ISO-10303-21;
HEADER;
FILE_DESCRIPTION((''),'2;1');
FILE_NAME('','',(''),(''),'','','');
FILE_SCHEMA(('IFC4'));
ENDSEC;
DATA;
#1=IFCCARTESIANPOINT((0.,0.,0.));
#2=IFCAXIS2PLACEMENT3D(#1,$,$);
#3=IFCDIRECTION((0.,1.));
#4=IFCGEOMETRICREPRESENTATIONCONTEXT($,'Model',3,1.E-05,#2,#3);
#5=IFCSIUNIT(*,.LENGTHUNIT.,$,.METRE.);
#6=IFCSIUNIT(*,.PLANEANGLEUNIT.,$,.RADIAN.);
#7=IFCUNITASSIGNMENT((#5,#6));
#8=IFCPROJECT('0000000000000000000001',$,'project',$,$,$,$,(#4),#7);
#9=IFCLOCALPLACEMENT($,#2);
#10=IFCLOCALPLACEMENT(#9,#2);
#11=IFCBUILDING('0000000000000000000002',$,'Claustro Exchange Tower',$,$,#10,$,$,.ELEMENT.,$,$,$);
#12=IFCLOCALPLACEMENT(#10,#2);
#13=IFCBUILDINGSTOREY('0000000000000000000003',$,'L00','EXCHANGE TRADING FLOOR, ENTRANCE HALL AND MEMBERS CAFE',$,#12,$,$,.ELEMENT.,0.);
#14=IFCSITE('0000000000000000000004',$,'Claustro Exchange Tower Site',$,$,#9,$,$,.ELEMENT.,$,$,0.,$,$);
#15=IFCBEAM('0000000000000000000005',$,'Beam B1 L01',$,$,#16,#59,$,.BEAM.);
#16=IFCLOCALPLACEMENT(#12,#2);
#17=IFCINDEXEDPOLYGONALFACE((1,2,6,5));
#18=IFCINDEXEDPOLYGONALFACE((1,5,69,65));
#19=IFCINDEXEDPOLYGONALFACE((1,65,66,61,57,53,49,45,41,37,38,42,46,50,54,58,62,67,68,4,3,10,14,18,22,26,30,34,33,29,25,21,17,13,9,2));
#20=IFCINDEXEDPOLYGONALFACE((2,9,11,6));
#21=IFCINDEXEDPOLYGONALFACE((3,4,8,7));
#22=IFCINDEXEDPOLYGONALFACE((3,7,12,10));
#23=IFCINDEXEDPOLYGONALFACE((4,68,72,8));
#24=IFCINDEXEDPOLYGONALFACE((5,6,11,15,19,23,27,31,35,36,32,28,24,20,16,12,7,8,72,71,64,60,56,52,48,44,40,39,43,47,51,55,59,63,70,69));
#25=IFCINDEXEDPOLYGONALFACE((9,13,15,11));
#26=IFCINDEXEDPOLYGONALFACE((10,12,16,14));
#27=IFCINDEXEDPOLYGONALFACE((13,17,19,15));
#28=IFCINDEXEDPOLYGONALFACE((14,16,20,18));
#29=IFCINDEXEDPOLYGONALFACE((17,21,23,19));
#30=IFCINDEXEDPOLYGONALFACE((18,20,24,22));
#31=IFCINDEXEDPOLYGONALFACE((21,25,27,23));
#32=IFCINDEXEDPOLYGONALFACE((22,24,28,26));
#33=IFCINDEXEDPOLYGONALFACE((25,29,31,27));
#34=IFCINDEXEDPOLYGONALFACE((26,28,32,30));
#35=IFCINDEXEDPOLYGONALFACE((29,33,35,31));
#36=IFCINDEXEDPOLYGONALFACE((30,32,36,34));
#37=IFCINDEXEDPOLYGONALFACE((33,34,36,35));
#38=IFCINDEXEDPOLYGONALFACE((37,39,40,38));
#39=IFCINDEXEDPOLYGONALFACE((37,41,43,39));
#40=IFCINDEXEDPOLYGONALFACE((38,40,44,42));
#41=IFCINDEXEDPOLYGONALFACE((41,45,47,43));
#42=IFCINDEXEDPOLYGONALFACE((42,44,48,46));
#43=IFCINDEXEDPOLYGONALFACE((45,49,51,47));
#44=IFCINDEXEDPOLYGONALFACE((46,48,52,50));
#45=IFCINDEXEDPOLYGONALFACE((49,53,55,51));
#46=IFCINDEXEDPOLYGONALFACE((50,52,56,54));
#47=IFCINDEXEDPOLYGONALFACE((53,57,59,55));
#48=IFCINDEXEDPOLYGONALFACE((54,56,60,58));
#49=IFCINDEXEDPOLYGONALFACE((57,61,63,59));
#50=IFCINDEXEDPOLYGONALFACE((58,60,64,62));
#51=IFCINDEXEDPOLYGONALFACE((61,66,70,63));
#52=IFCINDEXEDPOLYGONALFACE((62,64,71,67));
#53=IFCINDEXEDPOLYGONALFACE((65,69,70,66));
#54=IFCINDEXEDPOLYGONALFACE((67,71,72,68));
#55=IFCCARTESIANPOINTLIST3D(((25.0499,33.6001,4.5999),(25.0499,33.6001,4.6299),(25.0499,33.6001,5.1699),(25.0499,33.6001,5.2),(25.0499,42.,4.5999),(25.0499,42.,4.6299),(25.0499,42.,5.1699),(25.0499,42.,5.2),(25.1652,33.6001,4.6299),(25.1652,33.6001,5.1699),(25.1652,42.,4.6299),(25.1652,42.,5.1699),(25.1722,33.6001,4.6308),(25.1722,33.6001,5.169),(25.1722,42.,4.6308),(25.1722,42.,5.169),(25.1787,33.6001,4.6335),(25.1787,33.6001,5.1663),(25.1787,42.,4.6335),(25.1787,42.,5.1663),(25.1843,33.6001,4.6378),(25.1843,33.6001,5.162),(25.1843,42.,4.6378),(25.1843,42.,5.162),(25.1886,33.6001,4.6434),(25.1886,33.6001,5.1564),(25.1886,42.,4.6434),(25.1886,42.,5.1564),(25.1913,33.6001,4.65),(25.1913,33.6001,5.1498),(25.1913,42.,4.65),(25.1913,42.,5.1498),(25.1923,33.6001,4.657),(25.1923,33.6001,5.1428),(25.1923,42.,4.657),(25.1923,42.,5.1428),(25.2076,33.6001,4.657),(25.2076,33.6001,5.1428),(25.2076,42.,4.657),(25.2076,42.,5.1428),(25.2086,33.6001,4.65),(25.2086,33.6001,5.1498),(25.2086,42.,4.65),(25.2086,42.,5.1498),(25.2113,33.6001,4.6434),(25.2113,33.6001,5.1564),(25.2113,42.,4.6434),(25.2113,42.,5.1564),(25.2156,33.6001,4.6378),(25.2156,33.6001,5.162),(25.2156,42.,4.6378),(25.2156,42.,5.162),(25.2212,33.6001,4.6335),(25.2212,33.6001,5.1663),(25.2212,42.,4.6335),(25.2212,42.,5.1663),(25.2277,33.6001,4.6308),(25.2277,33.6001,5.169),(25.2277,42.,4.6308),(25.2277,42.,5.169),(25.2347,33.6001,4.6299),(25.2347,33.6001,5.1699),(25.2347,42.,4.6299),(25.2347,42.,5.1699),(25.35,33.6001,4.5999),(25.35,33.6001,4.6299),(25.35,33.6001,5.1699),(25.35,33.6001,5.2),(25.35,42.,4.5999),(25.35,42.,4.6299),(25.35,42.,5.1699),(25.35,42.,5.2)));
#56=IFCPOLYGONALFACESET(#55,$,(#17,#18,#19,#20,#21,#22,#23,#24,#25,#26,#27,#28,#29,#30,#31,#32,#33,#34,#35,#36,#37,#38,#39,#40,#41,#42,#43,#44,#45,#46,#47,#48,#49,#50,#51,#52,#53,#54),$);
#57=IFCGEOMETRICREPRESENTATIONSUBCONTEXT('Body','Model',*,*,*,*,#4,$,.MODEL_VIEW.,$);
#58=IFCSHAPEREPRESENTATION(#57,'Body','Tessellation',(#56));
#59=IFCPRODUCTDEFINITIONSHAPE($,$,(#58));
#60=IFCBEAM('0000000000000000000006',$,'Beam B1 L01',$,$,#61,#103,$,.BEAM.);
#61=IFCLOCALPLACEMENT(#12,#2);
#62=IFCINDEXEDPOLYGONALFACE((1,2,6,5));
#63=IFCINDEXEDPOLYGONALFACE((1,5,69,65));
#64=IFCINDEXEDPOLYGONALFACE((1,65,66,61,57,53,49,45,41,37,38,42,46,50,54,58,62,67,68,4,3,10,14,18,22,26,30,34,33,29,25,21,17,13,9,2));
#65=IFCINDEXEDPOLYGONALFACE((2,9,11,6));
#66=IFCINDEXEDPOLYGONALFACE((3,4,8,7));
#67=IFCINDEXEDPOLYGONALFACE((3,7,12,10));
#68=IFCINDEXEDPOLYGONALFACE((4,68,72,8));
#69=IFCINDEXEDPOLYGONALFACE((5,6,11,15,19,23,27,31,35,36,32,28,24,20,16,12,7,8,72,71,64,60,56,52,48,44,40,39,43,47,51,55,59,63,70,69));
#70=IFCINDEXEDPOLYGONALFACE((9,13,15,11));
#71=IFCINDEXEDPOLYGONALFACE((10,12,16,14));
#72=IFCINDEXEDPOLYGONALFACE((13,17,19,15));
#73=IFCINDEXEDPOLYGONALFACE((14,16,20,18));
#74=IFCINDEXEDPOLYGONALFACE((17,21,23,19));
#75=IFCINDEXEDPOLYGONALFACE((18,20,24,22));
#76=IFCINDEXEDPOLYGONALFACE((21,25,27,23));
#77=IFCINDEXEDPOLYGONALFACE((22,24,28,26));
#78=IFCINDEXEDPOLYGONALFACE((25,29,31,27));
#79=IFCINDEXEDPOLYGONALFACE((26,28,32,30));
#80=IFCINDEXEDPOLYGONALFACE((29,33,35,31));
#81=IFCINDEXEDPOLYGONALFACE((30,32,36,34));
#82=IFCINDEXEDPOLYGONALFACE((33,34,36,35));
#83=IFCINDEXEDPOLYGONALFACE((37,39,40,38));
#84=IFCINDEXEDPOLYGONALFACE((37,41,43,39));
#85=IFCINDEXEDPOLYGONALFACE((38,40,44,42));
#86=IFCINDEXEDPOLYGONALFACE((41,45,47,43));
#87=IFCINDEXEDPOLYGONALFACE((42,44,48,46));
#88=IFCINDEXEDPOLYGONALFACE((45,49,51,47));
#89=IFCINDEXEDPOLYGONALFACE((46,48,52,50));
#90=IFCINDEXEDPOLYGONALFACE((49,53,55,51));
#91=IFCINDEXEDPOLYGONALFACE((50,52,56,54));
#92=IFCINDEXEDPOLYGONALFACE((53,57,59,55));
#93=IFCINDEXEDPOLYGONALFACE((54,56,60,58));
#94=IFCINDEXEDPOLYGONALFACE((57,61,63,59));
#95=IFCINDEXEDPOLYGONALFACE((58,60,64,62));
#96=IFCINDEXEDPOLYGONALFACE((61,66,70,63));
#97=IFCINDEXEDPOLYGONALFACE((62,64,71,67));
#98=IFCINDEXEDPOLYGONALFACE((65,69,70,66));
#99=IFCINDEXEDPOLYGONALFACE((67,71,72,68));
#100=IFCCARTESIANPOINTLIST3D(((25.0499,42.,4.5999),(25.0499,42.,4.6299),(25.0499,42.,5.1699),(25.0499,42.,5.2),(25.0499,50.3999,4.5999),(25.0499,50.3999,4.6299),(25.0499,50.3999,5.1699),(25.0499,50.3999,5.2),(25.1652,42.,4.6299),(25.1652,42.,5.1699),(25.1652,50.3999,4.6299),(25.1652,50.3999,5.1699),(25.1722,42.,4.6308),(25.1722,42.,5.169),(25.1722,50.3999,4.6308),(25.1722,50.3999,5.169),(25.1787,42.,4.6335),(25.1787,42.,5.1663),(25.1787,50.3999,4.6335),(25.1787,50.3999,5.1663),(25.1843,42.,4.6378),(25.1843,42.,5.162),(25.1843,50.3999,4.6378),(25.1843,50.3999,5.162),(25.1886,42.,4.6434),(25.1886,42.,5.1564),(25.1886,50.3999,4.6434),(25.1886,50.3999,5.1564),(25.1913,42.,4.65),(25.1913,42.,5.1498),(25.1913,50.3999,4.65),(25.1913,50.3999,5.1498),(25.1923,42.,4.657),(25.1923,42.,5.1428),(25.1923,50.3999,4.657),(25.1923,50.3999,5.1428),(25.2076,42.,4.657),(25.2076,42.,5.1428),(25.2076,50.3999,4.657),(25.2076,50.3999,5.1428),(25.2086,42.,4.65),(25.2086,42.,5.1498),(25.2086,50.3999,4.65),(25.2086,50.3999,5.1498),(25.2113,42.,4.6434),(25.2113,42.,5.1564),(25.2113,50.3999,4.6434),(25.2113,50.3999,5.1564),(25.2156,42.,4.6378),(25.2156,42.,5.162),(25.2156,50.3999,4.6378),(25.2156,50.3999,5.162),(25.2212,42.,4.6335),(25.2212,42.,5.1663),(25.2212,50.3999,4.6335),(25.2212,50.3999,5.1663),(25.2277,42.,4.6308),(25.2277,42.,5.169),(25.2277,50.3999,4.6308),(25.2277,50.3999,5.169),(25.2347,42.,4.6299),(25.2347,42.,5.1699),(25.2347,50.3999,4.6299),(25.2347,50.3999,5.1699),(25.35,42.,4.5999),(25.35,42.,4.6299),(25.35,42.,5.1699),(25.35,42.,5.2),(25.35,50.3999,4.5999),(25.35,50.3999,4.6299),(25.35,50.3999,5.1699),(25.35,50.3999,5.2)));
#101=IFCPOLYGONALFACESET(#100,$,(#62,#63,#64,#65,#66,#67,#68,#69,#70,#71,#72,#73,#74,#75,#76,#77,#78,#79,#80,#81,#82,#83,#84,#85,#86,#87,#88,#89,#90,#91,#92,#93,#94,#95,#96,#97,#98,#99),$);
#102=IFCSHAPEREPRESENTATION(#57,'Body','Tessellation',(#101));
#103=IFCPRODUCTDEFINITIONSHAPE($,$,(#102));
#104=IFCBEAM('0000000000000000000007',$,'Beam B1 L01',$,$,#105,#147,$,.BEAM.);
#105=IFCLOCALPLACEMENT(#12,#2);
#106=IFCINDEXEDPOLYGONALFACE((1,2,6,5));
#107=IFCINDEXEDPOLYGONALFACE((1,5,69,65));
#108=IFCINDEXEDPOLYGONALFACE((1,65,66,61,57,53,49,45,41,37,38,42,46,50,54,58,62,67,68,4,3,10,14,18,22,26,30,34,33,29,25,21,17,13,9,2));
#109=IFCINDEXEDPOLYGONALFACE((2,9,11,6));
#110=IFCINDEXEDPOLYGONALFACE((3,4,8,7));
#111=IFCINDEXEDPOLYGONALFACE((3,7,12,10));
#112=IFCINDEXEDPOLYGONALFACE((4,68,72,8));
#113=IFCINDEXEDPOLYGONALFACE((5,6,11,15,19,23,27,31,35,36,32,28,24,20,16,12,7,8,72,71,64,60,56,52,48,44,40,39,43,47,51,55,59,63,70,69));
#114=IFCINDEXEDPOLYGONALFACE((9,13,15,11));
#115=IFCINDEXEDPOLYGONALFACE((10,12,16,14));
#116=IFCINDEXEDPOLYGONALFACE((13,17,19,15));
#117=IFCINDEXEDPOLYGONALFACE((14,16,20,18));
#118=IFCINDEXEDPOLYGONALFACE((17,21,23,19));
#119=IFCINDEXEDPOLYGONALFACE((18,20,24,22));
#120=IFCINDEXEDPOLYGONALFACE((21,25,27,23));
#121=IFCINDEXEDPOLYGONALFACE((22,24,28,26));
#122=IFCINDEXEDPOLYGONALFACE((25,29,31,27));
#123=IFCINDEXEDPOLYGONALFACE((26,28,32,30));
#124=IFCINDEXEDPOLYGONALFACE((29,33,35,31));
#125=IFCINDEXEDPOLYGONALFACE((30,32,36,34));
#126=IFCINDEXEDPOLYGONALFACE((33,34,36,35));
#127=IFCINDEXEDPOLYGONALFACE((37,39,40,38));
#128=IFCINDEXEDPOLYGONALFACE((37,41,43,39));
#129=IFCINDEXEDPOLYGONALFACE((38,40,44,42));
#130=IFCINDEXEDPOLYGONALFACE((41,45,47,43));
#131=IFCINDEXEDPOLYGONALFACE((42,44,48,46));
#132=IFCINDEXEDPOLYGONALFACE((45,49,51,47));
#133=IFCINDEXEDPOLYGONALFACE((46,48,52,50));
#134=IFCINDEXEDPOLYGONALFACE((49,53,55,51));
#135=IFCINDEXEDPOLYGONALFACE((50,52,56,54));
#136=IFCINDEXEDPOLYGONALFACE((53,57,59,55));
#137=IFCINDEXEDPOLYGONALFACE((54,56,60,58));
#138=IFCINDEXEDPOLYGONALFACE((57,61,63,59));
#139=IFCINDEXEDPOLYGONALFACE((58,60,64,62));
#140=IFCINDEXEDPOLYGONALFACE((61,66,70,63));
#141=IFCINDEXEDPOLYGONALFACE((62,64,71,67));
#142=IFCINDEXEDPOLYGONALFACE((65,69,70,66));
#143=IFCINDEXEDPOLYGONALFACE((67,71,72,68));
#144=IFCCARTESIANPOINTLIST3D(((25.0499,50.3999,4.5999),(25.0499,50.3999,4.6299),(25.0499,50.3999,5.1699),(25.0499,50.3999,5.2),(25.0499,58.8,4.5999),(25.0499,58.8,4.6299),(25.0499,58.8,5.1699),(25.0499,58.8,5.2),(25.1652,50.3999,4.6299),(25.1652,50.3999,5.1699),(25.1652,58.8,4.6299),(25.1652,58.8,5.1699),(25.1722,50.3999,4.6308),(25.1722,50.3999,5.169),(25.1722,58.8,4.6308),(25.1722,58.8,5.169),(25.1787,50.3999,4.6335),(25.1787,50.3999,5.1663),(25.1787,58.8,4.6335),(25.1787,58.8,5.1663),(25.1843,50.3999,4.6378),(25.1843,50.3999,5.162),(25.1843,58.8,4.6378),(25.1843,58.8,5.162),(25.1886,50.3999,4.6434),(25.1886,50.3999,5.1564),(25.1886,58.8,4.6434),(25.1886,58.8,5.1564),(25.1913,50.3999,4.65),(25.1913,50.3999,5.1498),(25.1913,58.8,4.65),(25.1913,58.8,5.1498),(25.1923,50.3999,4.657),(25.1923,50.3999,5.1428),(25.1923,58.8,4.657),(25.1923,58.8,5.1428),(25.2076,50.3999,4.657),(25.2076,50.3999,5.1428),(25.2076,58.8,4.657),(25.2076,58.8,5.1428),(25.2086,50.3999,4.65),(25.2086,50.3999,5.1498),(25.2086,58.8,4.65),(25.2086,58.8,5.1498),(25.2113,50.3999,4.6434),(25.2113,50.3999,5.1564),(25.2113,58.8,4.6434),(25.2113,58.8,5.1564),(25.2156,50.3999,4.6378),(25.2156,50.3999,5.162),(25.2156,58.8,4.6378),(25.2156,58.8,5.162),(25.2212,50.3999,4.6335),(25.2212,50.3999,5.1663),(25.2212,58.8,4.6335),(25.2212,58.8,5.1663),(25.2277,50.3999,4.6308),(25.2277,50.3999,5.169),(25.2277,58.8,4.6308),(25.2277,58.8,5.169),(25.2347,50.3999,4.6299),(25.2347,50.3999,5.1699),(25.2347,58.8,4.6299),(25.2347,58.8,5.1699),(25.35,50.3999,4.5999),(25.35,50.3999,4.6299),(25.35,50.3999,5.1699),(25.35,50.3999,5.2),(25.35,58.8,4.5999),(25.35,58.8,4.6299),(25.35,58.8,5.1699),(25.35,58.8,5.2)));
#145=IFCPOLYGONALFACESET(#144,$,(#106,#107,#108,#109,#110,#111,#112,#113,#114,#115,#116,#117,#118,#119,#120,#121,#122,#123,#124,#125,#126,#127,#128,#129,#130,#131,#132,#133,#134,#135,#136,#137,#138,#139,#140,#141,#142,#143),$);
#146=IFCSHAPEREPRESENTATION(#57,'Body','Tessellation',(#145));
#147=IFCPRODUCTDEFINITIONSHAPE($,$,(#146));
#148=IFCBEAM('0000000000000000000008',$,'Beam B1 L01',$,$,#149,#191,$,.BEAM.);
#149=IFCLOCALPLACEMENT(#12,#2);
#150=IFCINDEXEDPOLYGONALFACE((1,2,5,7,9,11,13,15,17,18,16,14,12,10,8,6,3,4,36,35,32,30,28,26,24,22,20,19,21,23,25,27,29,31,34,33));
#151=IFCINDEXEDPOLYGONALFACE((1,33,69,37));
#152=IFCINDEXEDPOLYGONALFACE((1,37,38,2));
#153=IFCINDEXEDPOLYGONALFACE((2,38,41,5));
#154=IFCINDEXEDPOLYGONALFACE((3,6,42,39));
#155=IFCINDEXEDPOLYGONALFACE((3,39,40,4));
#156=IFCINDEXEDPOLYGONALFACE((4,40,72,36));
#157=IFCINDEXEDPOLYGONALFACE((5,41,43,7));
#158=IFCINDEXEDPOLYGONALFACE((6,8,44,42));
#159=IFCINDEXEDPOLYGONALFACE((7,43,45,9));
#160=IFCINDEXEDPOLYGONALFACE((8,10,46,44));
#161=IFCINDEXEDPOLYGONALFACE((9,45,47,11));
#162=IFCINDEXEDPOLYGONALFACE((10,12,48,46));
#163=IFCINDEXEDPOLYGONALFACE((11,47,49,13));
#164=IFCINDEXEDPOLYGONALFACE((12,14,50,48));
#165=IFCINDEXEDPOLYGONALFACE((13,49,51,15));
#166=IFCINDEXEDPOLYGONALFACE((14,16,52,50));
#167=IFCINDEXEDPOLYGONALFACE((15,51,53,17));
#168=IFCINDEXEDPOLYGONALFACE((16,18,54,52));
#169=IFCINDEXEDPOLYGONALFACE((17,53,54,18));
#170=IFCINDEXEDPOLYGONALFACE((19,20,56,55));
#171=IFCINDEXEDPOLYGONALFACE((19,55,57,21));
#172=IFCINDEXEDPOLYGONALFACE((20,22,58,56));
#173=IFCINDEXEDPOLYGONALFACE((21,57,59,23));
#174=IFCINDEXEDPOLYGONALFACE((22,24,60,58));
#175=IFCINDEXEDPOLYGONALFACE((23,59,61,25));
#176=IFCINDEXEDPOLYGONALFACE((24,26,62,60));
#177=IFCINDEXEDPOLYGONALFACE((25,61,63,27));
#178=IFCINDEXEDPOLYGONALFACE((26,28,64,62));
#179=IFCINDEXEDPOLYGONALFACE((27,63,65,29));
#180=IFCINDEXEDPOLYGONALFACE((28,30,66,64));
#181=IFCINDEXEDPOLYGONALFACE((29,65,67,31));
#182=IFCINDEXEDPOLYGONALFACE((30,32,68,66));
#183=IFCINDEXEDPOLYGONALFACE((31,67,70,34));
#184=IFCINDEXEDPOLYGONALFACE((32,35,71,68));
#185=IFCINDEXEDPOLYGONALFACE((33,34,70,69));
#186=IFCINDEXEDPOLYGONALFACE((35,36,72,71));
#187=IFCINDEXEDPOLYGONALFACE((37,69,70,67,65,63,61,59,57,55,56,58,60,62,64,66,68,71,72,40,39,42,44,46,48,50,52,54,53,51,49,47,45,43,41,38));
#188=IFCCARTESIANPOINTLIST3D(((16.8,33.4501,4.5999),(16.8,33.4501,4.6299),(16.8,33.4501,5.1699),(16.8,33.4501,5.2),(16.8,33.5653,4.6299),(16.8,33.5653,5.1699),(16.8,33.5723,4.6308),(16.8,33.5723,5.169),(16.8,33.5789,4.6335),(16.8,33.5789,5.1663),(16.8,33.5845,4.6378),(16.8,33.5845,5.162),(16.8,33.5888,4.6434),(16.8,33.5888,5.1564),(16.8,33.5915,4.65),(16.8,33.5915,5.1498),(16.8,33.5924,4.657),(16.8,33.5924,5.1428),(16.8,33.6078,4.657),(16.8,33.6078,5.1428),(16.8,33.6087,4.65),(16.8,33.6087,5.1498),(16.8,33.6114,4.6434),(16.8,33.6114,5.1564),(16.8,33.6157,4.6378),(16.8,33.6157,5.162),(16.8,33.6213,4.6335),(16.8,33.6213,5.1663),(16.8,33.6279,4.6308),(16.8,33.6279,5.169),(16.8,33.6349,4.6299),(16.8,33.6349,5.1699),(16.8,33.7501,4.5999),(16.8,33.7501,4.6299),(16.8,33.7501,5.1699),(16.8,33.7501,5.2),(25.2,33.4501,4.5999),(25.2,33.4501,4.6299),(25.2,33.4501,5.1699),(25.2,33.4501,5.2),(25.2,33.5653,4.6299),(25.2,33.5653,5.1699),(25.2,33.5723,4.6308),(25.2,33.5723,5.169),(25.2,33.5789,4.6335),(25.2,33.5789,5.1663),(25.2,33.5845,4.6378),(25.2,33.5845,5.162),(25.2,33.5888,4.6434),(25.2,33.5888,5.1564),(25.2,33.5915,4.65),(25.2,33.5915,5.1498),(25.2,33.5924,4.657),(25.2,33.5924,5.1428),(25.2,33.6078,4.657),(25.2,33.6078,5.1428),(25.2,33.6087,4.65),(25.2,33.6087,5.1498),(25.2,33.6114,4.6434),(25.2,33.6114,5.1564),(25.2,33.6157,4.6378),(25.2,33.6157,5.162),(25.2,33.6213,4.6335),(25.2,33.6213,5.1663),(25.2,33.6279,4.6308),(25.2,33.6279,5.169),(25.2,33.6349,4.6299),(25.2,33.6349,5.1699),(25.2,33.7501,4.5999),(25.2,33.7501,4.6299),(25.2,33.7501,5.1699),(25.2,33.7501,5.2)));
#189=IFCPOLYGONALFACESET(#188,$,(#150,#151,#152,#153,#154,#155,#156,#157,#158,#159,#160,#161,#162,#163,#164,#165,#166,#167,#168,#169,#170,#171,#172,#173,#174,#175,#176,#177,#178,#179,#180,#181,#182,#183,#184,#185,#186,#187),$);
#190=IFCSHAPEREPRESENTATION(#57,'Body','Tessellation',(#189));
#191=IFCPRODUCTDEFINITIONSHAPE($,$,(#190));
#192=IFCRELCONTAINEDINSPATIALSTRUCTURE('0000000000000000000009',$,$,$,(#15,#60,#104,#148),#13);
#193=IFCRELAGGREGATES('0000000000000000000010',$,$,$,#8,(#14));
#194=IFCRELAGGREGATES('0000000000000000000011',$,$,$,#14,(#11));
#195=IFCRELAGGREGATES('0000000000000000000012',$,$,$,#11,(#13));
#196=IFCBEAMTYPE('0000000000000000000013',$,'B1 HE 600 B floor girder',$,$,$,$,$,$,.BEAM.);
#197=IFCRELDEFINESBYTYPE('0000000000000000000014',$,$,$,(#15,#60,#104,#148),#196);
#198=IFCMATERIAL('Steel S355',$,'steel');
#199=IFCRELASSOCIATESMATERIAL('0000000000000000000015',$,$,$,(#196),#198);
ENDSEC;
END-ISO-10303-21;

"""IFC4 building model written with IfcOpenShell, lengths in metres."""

from ifc_helpers import new_model, si_unit, direction, frame, origin, origin_2d, place, context, subcontext, project, spatial, i_section, extrude, material, material_profile, profile_set, type_object, element, save


model = new_model("IFC4")

# Units and contexts
model_context = context("Model", 3, precision=1e-05, world=origin(), true_north=direction((0.0, 1.0)))
body_context = subcontext(model_context, "Body", "Model", "MODEL_VIEW")
ifc_project = project(units=[si_unit("LENGTHUNIT", "METRE"), si_unit("PLANEANGLEUNIT", "RADIAN")], contexts=[model_context])

# Site, building, storey
site_placement = place(None, origin())
site = spatial("IfcSite", under=ifc_project, at=site_placement, Name="Claustro Exchange Tower Site", CompositionType="ELEMENT", RefElevation=0.0)
building_placement = place(site_placement, origin())
building = spatial("IfcBuilding", under=site, at=building_placement, Name="Claustro Exchange Tower", CompositionType="ELEMENT")
storey_placement = place(building_placement, origin())
storey = spatial("IfcBuildingStorey", under=building, at=storey_placement, Name="L00", Description="EXCHANGE TRADING FLOOR, ENTRANCE HALL AND MEMBERS CAFE", CompositionType="ELEMENT", Elevation=0.0)

# Beams
ifc_material_1 = material(Name="Steel S355", Category="steel")
ifc_material_profile_1 = material_profile(ifc_material_1, i_section(OverallWidth=0.3, OverallDepth=0.6001, WebThickness=0.0154, FlangeThickness=0.03, FilletRadius=0.0271, at=origin_2d()), Name="HE 600 B")
ifc_profile_set_1 = profile_set([ifc_material_profile_1], Name="Steel S355")
beam_type_1 = type_object("IfcBeamType", Name="B1 HE 600 B floor girder", PredefinedType="BEAM", material=ifc_profile_set_1)
for number, where, z_axis, x_axis, name in (
    (1, (25.2, 33.6001, 4.8999), (0.0, 1.0, 0.0), (-1.0, 0.0, 0.0), "Beam B1 L01"),
    (2, (25.2, 42.0, 4.8999), (0.0, 1.0, 0.0), (-1.0, 0.0, 0.0), "Beam B1 L01"),
):
    element("IfcBeam", number, at=place(storey_placement, frame(where, z_axis=z_axis, x_axis=x_axis)), inside=storey, type_object=beam_type_1, Name=name, PredefinedType="BEAM", context=body_context, shape_type="SweptSolid", body=[
        extrude(i_section(OverallWidth=0.3, OverallDepth=0.6001, WebThickness=0.0154, FlangeThickness=0.03, FilletRadius=0.0271, at=origin_2d()), origin(), (0.0, 0.0, 1.0), 8.3999),
    ])
beam_1_placement = place(storey_placement, frame((25.2, 50.3999, 4.8999), z_axis=(0.0, 1.0, 0.0), x_axis=(-1.0, 0.0, 0.0)))
element("IfcBeam", 3, at=beam_1_placement, inside=storey, type_object=beam_type_1, Name="Beam B1 L01", PredefinedType="BEAM", context=body_context, shape_type="SweptSolid", body=[
    extrude(i_section(OverallWidth=0.3, OverallDepth=0.6001, WebThickness=0.0154, FlangeThickness=0.03, FilletRadius=0.0271, at=origin_2d()), origin(), (0.0, 0.0, 1.0), 8.4001),
])
beam_2_placement = place(storey_placement, frame((16.8, 33.6001, 4.8999), z_axis=(1.0, 0.0, 0.0), x_axis=(0.0, 1.0, 0.0)))
element("IfcBeam", 4, at=beam_2_placement, inside=storey, type_object=beam_type_1, Name="Beam B1 L01", PredefinedType="BEAM", context=body_context, shape_type="SweptSolid", body=[
    extrude(i_section(OverallWidth=0.3, OverallDepth=0.6001, WebThickness=0.0154, FlangeThickness=0.03, FilletRadius=0.0271, at=origin_2d()), origin(), (0.0, 0.0, 1.0), 8.3999),
])

save(model, "model.ifc")
